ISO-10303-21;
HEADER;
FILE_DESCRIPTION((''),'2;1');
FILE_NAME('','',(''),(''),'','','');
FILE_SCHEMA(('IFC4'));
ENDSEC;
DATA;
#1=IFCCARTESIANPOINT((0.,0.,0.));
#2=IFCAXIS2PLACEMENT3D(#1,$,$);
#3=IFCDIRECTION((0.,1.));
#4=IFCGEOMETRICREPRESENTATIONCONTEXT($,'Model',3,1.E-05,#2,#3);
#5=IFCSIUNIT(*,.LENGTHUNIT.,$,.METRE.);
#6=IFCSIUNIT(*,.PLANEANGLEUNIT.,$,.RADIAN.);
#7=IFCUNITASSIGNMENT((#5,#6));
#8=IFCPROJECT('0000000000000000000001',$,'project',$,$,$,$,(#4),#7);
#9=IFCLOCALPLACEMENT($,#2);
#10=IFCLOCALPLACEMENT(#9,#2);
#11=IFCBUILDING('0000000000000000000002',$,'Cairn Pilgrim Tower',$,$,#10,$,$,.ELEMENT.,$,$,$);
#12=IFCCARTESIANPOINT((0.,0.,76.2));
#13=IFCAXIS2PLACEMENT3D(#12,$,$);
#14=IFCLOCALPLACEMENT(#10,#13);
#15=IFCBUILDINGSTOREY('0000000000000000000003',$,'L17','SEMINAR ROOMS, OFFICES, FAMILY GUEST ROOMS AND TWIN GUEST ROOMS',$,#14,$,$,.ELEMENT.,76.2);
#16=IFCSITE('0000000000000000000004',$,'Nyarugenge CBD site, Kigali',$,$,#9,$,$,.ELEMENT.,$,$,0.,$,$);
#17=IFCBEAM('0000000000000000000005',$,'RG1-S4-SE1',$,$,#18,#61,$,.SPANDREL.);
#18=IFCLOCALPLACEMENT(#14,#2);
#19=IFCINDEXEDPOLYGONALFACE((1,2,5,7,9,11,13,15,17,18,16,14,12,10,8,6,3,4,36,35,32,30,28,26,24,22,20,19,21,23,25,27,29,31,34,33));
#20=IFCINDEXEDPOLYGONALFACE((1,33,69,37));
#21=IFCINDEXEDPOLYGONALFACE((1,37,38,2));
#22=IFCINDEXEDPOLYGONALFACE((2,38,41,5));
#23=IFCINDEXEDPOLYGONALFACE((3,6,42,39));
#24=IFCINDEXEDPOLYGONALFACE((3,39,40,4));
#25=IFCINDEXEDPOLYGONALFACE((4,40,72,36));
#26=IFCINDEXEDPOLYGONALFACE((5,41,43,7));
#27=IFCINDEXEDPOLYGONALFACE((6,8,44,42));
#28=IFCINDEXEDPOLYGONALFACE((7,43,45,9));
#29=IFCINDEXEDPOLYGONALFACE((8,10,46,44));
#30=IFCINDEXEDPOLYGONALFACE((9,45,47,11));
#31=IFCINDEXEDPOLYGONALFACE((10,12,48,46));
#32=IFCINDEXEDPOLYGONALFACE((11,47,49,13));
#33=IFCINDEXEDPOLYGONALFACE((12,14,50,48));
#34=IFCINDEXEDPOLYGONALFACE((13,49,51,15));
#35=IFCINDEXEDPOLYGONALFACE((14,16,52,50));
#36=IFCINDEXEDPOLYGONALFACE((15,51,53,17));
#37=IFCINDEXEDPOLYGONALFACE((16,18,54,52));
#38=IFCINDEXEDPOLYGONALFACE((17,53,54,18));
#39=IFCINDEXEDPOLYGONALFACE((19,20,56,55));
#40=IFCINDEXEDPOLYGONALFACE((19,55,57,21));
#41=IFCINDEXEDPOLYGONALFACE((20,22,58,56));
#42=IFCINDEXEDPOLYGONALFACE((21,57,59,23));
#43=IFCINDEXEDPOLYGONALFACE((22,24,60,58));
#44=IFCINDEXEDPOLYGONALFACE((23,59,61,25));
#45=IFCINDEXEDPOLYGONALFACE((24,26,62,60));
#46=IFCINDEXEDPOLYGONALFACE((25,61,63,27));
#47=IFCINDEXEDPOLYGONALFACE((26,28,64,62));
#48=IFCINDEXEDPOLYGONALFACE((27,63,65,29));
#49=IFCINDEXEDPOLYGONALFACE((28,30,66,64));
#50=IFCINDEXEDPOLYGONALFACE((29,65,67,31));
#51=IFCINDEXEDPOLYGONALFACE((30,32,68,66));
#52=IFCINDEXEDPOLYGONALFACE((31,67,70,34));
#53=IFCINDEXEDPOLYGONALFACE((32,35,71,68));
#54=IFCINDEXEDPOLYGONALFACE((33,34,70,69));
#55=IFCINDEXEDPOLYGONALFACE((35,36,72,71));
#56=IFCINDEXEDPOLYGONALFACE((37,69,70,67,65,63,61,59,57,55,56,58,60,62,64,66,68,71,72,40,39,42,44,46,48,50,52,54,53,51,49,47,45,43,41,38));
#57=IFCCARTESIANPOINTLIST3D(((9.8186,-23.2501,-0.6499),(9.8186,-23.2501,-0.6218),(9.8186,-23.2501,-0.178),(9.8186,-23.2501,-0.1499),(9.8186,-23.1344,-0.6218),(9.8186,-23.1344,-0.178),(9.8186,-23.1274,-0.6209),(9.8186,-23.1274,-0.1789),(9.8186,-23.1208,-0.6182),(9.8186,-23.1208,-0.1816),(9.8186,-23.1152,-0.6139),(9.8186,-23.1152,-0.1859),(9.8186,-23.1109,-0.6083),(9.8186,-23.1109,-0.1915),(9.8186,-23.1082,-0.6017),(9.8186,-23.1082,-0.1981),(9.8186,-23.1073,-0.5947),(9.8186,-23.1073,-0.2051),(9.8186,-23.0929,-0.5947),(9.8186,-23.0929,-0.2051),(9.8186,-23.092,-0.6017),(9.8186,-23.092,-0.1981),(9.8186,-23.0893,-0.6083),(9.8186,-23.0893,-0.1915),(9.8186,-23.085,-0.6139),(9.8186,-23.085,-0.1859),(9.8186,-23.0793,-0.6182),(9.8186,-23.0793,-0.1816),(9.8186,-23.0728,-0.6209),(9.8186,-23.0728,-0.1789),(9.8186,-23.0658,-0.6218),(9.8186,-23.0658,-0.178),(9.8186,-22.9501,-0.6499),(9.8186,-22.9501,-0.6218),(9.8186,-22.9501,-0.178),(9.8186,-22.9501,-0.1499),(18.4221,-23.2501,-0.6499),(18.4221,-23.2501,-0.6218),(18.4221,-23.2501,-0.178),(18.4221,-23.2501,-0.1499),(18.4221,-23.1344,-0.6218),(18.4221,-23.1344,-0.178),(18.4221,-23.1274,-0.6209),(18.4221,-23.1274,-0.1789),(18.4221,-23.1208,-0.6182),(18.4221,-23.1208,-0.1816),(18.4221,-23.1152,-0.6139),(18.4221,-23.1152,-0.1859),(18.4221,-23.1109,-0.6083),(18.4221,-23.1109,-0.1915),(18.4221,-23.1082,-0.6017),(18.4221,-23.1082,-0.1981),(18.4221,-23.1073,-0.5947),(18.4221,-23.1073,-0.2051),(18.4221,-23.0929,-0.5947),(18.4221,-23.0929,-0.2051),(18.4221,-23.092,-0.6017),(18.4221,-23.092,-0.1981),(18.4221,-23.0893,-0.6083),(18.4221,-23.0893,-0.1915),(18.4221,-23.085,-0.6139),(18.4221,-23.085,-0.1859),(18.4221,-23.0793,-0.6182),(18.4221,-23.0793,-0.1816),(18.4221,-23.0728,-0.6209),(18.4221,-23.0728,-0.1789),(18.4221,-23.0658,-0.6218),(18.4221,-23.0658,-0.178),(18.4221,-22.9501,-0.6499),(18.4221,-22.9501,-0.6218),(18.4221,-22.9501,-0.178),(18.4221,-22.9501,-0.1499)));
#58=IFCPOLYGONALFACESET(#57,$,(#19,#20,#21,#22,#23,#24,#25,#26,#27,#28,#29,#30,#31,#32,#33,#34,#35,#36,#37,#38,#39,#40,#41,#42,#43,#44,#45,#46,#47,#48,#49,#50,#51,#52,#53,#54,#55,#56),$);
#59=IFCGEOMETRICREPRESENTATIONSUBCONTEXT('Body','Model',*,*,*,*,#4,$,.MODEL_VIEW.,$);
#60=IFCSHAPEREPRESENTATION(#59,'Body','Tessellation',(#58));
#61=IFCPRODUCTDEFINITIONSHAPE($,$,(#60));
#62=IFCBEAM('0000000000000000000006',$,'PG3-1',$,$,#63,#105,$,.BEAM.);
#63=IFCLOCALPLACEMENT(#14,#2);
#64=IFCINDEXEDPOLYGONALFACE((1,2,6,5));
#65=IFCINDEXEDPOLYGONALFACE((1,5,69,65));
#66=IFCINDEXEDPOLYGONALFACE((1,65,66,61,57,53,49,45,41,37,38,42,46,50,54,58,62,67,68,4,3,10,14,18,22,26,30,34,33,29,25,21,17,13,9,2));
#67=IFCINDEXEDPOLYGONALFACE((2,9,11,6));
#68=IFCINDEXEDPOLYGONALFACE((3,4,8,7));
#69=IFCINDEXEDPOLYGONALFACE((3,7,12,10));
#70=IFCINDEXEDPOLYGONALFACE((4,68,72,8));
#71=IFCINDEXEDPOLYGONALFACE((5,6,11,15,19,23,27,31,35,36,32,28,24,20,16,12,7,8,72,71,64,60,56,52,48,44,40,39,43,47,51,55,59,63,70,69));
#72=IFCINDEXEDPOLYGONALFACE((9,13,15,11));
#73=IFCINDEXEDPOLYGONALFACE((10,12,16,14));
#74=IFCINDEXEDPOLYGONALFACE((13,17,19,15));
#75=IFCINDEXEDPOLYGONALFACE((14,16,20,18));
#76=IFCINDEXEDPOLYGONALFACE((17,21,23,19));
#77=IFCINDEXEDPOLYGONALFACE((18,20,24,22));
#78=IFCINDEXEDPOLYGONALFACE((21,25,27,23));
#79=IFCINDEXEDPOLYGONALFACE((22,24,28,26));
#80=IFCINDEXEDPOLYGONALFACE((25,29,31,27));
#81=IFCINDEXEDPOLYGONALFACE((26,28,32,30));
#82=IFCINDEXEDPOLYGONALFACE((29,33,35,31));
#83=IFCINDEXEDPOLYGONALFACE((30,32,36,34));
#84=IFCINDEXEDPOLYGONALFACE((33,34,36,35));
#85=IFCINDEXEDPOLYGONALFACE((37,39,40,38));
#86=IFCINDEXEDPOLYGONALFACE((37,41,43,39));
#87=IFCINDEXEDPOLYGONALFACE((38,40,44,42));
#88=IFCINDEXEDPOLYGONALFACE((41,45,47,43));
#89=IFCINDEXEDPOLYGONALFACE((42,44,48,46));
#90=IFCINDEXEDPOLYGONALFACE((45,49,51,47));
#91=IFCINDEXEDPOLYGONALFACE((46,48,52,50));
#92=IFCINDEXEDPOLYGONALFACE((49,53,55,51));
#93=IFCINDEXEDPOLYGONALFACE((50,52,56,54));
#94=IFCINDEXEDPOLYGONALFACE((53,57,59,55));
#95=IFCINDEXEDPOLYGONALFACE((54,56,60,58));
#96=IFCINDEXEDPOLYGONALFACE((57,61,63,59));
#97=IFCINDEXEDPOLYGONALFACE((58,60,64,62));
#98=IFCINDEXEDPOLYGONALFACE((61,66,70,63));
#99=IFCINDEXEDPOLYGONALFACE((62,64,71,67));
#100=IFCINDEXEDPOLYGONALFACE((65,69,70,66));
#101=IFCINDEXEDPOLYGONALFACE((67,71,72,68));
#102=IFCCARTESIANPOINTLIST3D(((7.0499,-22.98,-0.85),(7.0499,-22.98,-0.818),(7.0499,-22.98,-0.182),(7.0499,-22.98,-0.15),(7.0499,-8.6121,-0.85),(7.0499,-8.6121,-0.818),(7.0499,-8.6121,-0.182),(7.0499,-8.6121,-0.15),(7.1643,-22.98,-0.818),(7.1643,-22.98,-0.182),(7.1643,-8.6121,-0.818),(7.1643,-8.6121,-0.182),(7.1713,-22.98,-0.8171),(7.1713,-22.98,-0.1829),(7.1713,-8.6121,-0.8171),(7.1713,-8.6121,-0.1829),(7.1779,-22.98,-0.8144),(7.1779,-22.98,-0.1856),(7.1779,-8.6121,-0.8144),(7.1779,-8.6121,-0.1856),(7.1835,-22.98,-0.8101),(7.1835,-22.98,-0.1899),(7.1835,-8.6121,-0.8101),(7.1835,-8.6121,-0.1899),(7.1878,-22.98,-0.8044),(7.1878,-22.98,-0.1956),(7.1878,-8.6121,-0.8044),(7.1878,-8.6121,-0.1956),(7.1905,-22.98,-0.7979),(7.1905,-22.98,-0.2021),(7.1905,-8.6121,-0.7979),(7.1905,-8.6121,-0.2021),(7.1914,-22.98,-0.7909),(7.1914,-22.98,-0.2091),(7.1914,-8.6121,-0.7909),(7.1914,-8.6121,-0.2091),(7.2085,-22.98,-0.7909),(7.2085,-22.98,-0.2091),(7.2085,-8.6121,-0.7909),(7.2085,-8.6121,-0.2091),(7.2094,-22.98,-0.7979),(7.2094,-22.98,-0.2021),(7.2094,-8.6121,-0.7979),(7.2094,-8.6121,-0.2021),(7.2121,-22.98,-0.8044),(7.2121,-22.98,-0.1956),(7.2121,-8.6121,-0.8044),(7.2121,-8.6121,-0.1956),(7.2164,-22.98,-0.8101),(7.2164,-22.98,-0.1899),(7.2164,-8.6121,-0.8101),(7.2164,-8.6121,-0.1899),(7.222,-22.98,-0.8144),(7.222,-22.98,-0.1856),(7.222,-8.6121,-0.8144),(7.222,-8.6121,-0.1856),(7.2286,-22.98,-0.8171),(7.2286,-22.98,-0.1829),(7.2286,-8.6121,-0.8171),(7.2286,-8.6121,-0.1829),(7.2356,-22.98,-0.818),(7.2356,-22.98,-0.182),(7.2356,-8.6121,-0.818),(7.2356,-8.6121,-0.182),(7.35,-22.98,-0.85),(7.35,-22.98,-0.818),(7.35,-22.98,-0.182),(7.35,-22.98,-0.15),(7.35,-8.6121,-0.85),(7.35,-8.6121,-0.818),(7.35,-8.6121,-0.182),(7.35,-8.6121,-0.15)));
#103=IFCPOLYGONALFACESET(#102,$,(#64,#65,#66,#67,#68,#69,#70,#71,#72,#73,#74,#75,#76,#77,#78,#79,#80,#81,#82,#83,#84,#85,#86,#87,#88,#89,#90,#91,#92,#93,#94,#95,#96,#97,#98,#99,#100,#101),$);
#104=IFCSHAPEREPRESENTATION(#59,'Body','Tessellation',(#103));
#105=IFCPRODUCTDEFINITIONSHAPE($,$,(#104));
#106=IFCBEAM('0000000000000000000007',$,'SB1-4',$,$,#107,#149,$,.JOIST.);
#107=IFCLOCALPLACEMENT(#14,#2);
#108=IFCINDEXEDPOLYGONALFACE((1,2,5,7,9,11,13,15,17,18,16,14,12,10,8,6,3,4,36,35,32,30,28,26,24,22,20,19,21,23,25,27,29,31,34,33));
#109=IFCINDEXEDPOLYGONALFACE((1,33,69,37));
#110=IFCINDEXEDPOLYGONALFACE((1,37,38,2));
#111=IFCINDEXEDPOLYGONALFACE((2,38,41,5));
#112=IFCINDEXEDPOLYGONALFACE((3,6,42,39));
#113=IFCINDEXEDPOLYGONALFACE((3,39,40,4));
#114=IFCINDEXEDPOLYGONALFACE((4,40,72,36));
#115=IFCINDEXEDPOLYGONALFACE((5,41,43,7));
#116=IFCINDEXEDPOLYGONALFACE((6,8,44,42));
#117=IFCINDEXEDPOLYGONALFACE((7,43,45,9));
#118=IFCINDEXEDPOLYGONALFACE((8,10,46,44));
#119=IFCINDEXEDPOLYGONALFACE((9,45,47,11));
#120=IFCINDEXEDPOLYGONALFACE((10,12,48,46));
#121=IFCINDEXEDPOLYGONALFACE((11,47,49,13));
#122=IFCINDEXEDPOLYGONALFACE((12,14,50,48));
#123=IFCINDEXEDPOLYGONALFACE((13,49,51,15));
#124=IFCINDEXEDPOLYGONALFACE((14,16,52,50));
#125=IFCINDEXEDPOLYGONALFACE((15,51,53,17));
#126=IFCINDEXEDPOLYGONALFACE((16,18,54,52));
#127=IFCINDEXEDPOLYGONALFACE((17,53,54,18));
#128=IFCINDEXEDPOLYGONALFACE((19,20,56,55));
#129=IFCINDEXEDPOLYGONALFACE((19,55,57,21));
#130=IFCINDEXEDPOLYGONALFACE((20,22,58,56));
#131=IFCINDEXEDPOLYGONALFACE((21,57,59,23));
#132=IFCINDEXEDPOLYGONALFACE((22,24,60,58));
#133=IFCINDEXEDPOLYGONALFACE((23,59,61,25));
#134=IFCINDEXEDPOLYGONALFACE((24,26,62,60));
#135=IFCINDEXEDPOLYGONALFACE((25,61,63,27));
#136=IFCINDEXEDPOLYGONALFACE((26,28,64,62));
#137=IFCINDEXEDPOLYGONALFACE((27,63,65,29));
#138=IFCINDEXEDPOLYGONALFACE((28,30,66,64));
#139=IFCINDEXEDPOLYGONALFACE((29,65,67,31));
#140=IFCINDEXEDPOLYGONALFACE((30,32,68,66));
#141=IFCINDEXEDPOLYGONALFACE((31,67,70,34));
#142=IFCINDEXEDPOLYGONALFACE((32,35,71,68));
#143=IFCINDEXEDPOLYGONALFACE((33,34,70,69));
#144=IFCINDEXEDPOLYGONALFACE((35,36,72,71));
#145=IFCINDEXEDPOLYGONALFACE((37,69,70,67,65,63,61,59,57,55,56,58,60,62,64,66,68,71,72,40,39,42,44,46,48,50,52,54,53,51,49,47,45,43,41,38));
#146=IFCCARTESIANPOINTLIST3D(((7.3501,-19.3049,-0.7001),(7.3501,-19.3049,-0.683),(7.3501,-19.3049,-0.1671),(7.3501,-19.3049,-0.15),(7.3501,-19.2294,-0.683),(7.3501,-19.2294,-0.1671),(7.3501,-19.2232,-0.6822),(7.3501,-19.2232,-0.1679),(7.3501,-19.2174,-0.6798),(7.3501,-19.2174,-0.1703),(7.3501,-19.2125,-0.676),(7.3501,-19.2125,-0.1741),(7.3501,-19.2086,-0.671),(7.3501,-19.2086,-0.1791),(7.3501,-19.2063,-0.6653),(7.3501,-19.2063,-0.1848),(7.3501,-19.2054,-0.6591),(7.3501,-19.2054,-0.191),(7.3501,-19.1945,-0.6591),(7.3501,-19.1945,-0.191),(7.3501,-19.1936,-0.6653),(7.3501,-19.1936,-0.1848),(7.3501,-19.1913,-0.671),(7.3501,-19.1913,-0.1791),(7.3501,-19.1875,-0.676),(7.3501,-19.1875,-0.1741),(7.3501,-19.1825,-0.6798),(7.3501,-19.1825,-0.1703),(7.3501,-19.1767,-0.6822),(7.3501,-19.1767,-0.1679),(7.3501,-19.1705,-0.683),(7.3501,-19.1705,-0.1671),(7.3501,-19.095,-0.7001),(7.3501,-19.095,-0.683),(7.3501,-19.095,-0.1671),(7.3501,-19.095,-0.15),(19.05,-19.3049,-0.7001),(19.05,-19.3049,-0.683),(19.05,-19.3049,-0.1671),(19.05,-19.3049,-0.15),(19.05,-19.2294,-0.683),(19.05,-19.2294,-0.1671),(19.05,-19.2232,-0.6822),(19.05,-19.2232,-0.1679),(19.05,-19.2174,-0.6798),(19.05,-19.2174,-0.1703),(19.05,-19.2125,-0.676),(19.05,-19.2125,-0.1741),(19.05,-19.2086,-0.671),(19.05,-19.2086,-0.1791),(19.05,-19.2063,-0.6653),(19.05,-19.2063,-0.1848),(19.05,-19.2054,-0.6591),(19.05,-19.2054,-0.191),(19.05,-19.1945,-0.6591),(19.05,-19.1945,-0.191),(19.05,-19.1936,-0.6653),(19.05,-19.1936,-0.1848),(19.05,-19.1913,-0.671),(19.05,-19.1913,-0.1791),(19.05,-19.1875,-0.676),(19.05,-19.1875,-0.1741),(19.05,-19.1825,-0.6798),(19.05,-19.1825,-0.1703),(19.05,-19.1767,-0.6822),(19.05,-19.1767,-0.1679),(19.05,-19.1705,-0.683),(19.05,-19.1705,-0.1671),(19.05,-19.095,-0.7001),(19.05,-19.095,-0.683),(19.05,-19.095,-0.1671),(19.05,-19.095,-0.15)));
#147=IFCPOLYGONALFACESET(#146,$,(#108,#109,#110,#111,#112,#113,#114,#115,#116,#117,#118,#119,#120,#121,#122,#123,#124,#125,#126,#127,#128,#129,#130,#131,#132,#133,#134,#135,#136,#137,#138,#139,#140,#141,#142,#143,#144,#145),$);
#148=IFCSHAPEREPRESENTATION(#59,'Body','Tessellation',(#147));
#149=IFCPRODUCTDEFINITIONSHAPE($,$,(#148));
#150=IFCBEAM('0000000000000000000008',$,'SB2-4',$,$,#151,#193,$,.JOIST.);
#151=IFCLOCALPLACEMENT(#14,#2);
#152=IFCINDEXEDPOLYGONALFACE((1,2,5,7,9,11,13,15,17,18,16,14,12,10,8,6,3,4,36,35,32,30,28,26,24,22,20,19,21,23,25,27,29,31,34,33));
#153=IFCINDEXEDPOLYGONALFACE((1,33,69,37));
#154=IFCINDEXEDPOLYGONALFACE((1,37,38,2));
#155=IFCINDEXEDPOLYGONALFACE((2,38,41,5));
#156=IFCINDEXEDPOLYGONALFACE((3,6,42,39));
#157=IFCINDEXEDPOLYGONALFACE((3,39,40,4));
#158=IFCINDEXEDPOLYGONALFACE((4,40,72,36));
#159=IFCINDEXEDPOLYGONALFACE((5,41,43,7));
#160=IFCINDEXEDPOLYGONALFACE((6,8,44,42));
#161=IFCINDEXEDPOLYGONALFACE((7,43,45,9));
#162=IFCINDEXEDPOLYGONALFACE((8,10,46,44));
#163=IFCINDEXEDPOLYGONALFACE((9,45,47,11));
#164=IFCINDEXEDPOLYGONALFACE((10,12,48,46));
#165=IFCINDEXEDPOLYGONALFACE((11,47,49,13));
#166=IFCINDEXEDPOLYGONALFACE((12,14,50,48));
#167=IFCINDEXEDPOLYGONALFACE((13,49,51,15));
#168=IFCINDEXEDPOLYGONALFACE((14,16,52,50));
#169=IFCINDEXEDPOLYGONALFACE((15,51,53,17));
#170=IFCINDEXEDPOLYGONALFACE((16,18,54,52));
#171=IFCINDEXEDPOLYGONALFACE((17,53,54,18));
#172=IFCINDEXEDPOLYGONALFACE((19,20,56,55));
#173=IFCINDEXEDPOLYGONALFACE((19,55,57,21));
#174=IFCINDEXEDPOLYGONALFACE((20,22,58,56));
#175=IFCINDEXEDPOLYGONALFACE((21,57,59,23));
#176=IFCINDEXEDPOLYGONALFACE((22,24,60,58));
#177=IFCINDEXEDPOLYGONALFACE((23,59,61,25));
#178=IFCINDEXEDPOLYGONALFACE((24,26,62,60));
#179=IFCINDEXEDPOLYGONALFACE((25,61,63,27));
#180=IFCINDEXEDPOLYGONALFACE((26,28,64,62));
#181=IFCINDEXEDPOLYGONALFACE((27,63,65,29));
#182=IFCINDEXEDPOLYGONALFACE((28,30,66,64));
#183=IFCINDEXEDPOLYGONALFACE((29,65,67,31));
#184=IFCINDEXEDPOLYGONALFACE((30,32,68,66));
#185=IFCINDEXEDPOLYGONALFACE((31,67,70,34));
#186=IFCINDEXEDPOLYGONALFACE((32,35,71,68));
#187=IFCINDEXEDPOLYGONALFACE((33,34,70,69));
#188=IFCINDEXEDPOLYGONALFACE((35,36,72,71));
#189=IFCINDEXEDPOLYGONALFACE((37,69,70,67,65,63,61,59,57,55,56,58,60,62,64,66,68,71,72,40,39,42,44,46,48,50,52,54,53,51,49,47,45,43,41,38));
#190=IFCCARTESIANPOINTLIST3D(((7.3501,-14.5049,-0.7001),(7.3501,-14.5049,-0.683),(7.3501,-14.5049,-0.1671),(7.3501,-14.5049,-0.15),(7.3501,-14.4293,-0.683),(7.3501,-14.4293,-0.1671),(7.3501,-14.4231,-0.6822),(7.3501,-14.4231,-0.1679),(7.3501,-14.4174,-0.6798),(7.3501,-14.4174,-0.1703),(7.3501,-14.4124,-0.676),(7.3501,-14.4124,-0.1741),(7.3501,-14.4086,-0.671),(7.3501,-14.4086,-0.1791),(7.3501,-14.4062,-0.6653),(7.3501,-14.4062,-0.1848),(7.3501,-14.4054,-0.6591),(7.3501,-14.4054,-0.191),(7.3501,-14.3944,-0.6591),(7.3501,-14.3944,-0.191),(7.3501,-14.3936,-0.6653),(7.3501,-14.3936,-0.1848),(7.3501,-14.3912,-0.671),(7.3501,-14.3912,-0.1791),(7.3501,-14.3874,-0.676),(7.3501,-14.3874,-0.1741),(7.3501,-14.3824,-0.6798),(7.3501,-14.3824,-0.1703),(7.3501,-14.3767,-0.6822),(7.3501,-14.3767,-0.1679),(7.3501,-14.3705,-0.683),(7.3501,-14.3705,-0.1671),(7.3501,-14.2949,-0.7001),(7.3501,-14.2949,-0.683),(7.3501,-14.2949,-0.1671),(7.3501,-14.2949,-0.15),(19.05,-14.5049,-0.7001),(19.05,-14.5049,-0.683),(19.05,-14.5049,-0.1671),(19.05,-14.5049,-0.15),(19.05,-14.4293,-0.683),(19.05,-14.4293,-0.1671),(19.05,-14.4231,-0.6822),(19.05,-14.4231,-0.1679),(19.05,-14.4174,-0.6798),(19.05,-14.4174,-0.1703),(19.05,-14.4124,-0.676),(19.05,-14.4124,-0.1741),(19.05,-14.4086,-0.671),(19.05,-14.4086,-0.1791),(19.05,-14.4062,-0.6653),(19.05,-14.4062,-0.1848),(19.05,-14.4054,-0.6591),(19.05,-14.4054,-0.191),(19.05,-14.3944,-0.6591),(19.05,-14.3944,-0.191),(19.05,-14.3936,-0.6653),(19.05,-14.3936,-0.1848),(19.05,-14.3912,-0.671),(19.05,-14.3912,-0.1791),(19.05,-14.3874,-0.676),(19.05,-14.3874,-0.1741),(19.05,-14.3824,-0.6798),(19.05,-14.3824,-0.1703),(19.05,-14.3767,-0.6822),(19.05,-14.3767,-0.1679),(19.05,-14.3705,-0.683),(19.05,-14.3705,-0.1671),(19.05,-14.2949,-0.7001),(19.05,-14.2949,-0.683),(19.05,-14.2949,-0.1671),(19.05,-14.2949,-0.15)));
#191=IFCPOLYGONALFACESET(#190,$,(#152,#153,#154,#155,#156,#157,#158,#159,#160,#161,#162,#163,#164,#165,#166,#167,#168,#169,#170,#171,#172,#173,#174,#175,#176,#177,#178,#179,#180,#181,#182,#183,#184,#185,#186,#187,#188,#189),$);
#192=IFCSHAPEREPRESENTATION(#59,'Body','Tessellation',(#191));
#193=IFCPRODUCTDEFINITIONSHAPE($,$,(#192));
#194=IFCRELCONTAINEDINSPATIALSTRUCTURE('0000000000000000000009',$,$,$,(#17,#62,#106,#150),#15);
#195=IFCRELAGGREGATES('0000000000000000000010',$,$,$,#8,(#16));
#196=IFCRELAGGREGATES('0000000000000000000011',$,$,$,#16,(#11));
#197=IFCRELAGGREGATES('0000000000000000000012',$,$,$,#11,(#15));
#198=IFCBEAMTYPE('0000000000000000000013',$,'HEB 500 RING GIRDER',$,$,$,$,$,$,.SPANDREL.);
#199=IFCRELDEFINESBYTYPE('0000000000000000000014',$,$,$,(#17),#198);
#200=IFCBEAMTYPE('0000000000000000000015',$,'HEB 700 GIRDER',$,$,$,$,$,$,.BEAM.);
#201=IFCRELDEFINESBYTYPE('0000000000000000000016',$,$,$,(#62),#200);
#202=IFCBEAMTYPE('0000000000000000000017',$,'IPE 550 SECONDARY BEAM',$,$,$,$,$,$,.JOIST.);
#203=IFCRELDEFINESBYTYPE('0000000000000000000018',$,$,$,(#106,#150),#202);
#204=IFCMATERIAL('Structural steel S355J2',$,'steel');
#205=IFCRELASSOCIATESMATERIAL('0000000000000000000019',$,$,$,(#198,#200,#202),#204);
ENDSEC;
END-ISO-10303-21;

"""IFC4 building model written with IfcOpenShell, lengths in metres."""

from ifc_helpers import new_model, si_unit, direction, frame, origin, origin_2d, place, context, subcontext, project, spatial, i_section, extrude, material, material_profile, profile_set, type_object, element, save


model = new_model("IFC4")

# Units and contexts
model_context = context("Model", 3, precision=1e-05, world=origin(), true_north=direction((0.0, 1.0)))
body_context = subcontext(model_context, "Body", "Model", "MODEL_VIEW")
ifc_project = project(units=[si_unit("LENGTHUNIT", "METRE"), si_unit("PLANEANGLEUNIT", "RADIAN")], contexts=[model_context])

# Site, building, storey
site_placement = place(None, origin())
site = spatial("IfcSite", under=ifc_project, at=site_placement, Name="Nyarugenge CBD site, Kigali", CompositionType="ELEMENT", RefElevation=0.0)
building_placement = place(site_placement, origin())
building = spatial("IfcBuilding", under=site, at=building_placement, Name="Cairn Pilgrim Tower", CompositionType="ELEMENT")
storey_placement = place(building_placement, frame((0.0, 0.0, 76.2)))
storey = spatial("IfcBuildingStorey", under=building, at=storey_placement, Name="L17", Description="SEMINAR ROOMS, OFFICES, FAMILY GUEST ROOMS AND TWIN GUEST ROOMS", CompositionType="ELEMENT", Elevation=76.2)

# Beams
ifc_material_1 = material(Name="Structural steel S355J2", Category="steel")
ifc_material_profile_1 = material_profile(ifc_material_1, i_section(OverallWidth=0.3, OverallDepth=0.5, WebThickness=0.0144, FlangeThickness=0.0281, FilletRadius=0.0271, at=origin_2d()), Name="HEB 500")
ifc_profile_set_1 = profile_set([ifc_material_profile_1], Name="Structural steel S355J2")
beam_type_1 = type_object("IfcBeamType", Name="HEB 500 RING GIRDER", PredefinedType="SPANDREL", material=ifc_profile_set_1)
for number, where, z_axis, x_axis, name in (
    (1, (9.8186, -23.1001, -0.3999), (1.0, 0.0, 0.0), (0.0, 1.0, 0.0), "RG1-S4-SE1"),
):
    element("IfcBeam", number, at=place(storey_placement, frame(where, z_axis=z_axis, x_axis=x_axis)), inside=storey, type_object=beam_type_1, Name=name, PredefinedType="SPANDREL", context=body_context, shape_type="SweptSolid", body=[
        extrude(i_section(OverallWidth=0.3, OverallDepth=0.5, WebThickness=0.0144, FlangeThickness=0.0281, FilletRadius=0.0271, at=origin_2d()), origin(), (0.0, 0.0, 1.0), 8.6035),
    ])
ifc_material_profile_2 = material_profile(ifc_material_1, i_section(OverallWidth=0.3, OverallDepth=0.7, WebThickness=0.0171, FlangeThickness=0.032, FilletRadius=0.0271, at=origin_2d()), Name="HEB 700")
ifc_profile_set_2 = profile_set([ifc_material_profile_2], Name="Structural steel S355J2")
beam_type_2 = type_object("IfcBeamType", Name="HEB 700 GIRDER", PredefinedType="BEAM", material=ifc_profile_set_2)
beam_placement = place(storey_placement, frame((7.2, -22.98, -0.5), z_axis=(0.0, 1.0, 0.0), x_axis=(-1.0, 0.0, 0.0)))
element("IfcBeam", 2, at=beam_placement, inside=storey, type_object=beam_type_2, Name="PG3-1", PredefinedType="BEAM", context=body_context, shape_type="SweptSolid", body=[
    extrude(i_section(OverallWidth=0.3, OverallDepth=0.7, WebThickness=0.0171, FlangeThickness=0.032, FilletRadius=0.0271, at=origin_2d()), origin(), (0.0, 0.0, 1.0), 14.3679),
])
ifc_material_profile_3 = material_profile(ifc_material_1, i_section(OverallWidth=0.21, OverallDepth=0.55, WebThickness=0.011, FlangeThickness=0.0171, FilletRadius=0.0239, at=origin_2d()), Name="IPE 550")
ifc_profile_set_3 = profile_set([ifc_material_profile_3], Name="Structural steel S355J2")
beam_type_3 = type_object("IfcBeamType", Name="IPE 550 SECONDARY BEAM", PredefinedType="JOIST", material=ifc_profile_set_3)
for number, where, z_axis, x_axis, name in (
    (3, (7.3501, -19.2, -0.425), (1.0, 0.0, 0.0), (0.0, 1.0, 0.0), "SB1-4"),
    (4, (7.3501, -14.3999, -0.425), (1.0, 0.0, 0.0), (0.0, 1.0, 0.0), "SB2-4"),
):
    element("IfcBeam", number, at=place(storey_placement, frame(where, z_axis=z_axis, x_axis=x_axis)), inside=storey, type_object=beam_type_3, Name=name, PredefinedType="JOIST", context=body_context, shape_type="SweptSolid", body=[
        extrude(i_section(OverallWidth=0.21, OverallDepth=0.55, WebThickness=0.011, FlangeThickness=0.0171, FilletRadius=0.0239, at=origin_2d()), origin(), (0.0, 0.0, 1.0), 11.7),
    ])

save(model, "model.ifc")
